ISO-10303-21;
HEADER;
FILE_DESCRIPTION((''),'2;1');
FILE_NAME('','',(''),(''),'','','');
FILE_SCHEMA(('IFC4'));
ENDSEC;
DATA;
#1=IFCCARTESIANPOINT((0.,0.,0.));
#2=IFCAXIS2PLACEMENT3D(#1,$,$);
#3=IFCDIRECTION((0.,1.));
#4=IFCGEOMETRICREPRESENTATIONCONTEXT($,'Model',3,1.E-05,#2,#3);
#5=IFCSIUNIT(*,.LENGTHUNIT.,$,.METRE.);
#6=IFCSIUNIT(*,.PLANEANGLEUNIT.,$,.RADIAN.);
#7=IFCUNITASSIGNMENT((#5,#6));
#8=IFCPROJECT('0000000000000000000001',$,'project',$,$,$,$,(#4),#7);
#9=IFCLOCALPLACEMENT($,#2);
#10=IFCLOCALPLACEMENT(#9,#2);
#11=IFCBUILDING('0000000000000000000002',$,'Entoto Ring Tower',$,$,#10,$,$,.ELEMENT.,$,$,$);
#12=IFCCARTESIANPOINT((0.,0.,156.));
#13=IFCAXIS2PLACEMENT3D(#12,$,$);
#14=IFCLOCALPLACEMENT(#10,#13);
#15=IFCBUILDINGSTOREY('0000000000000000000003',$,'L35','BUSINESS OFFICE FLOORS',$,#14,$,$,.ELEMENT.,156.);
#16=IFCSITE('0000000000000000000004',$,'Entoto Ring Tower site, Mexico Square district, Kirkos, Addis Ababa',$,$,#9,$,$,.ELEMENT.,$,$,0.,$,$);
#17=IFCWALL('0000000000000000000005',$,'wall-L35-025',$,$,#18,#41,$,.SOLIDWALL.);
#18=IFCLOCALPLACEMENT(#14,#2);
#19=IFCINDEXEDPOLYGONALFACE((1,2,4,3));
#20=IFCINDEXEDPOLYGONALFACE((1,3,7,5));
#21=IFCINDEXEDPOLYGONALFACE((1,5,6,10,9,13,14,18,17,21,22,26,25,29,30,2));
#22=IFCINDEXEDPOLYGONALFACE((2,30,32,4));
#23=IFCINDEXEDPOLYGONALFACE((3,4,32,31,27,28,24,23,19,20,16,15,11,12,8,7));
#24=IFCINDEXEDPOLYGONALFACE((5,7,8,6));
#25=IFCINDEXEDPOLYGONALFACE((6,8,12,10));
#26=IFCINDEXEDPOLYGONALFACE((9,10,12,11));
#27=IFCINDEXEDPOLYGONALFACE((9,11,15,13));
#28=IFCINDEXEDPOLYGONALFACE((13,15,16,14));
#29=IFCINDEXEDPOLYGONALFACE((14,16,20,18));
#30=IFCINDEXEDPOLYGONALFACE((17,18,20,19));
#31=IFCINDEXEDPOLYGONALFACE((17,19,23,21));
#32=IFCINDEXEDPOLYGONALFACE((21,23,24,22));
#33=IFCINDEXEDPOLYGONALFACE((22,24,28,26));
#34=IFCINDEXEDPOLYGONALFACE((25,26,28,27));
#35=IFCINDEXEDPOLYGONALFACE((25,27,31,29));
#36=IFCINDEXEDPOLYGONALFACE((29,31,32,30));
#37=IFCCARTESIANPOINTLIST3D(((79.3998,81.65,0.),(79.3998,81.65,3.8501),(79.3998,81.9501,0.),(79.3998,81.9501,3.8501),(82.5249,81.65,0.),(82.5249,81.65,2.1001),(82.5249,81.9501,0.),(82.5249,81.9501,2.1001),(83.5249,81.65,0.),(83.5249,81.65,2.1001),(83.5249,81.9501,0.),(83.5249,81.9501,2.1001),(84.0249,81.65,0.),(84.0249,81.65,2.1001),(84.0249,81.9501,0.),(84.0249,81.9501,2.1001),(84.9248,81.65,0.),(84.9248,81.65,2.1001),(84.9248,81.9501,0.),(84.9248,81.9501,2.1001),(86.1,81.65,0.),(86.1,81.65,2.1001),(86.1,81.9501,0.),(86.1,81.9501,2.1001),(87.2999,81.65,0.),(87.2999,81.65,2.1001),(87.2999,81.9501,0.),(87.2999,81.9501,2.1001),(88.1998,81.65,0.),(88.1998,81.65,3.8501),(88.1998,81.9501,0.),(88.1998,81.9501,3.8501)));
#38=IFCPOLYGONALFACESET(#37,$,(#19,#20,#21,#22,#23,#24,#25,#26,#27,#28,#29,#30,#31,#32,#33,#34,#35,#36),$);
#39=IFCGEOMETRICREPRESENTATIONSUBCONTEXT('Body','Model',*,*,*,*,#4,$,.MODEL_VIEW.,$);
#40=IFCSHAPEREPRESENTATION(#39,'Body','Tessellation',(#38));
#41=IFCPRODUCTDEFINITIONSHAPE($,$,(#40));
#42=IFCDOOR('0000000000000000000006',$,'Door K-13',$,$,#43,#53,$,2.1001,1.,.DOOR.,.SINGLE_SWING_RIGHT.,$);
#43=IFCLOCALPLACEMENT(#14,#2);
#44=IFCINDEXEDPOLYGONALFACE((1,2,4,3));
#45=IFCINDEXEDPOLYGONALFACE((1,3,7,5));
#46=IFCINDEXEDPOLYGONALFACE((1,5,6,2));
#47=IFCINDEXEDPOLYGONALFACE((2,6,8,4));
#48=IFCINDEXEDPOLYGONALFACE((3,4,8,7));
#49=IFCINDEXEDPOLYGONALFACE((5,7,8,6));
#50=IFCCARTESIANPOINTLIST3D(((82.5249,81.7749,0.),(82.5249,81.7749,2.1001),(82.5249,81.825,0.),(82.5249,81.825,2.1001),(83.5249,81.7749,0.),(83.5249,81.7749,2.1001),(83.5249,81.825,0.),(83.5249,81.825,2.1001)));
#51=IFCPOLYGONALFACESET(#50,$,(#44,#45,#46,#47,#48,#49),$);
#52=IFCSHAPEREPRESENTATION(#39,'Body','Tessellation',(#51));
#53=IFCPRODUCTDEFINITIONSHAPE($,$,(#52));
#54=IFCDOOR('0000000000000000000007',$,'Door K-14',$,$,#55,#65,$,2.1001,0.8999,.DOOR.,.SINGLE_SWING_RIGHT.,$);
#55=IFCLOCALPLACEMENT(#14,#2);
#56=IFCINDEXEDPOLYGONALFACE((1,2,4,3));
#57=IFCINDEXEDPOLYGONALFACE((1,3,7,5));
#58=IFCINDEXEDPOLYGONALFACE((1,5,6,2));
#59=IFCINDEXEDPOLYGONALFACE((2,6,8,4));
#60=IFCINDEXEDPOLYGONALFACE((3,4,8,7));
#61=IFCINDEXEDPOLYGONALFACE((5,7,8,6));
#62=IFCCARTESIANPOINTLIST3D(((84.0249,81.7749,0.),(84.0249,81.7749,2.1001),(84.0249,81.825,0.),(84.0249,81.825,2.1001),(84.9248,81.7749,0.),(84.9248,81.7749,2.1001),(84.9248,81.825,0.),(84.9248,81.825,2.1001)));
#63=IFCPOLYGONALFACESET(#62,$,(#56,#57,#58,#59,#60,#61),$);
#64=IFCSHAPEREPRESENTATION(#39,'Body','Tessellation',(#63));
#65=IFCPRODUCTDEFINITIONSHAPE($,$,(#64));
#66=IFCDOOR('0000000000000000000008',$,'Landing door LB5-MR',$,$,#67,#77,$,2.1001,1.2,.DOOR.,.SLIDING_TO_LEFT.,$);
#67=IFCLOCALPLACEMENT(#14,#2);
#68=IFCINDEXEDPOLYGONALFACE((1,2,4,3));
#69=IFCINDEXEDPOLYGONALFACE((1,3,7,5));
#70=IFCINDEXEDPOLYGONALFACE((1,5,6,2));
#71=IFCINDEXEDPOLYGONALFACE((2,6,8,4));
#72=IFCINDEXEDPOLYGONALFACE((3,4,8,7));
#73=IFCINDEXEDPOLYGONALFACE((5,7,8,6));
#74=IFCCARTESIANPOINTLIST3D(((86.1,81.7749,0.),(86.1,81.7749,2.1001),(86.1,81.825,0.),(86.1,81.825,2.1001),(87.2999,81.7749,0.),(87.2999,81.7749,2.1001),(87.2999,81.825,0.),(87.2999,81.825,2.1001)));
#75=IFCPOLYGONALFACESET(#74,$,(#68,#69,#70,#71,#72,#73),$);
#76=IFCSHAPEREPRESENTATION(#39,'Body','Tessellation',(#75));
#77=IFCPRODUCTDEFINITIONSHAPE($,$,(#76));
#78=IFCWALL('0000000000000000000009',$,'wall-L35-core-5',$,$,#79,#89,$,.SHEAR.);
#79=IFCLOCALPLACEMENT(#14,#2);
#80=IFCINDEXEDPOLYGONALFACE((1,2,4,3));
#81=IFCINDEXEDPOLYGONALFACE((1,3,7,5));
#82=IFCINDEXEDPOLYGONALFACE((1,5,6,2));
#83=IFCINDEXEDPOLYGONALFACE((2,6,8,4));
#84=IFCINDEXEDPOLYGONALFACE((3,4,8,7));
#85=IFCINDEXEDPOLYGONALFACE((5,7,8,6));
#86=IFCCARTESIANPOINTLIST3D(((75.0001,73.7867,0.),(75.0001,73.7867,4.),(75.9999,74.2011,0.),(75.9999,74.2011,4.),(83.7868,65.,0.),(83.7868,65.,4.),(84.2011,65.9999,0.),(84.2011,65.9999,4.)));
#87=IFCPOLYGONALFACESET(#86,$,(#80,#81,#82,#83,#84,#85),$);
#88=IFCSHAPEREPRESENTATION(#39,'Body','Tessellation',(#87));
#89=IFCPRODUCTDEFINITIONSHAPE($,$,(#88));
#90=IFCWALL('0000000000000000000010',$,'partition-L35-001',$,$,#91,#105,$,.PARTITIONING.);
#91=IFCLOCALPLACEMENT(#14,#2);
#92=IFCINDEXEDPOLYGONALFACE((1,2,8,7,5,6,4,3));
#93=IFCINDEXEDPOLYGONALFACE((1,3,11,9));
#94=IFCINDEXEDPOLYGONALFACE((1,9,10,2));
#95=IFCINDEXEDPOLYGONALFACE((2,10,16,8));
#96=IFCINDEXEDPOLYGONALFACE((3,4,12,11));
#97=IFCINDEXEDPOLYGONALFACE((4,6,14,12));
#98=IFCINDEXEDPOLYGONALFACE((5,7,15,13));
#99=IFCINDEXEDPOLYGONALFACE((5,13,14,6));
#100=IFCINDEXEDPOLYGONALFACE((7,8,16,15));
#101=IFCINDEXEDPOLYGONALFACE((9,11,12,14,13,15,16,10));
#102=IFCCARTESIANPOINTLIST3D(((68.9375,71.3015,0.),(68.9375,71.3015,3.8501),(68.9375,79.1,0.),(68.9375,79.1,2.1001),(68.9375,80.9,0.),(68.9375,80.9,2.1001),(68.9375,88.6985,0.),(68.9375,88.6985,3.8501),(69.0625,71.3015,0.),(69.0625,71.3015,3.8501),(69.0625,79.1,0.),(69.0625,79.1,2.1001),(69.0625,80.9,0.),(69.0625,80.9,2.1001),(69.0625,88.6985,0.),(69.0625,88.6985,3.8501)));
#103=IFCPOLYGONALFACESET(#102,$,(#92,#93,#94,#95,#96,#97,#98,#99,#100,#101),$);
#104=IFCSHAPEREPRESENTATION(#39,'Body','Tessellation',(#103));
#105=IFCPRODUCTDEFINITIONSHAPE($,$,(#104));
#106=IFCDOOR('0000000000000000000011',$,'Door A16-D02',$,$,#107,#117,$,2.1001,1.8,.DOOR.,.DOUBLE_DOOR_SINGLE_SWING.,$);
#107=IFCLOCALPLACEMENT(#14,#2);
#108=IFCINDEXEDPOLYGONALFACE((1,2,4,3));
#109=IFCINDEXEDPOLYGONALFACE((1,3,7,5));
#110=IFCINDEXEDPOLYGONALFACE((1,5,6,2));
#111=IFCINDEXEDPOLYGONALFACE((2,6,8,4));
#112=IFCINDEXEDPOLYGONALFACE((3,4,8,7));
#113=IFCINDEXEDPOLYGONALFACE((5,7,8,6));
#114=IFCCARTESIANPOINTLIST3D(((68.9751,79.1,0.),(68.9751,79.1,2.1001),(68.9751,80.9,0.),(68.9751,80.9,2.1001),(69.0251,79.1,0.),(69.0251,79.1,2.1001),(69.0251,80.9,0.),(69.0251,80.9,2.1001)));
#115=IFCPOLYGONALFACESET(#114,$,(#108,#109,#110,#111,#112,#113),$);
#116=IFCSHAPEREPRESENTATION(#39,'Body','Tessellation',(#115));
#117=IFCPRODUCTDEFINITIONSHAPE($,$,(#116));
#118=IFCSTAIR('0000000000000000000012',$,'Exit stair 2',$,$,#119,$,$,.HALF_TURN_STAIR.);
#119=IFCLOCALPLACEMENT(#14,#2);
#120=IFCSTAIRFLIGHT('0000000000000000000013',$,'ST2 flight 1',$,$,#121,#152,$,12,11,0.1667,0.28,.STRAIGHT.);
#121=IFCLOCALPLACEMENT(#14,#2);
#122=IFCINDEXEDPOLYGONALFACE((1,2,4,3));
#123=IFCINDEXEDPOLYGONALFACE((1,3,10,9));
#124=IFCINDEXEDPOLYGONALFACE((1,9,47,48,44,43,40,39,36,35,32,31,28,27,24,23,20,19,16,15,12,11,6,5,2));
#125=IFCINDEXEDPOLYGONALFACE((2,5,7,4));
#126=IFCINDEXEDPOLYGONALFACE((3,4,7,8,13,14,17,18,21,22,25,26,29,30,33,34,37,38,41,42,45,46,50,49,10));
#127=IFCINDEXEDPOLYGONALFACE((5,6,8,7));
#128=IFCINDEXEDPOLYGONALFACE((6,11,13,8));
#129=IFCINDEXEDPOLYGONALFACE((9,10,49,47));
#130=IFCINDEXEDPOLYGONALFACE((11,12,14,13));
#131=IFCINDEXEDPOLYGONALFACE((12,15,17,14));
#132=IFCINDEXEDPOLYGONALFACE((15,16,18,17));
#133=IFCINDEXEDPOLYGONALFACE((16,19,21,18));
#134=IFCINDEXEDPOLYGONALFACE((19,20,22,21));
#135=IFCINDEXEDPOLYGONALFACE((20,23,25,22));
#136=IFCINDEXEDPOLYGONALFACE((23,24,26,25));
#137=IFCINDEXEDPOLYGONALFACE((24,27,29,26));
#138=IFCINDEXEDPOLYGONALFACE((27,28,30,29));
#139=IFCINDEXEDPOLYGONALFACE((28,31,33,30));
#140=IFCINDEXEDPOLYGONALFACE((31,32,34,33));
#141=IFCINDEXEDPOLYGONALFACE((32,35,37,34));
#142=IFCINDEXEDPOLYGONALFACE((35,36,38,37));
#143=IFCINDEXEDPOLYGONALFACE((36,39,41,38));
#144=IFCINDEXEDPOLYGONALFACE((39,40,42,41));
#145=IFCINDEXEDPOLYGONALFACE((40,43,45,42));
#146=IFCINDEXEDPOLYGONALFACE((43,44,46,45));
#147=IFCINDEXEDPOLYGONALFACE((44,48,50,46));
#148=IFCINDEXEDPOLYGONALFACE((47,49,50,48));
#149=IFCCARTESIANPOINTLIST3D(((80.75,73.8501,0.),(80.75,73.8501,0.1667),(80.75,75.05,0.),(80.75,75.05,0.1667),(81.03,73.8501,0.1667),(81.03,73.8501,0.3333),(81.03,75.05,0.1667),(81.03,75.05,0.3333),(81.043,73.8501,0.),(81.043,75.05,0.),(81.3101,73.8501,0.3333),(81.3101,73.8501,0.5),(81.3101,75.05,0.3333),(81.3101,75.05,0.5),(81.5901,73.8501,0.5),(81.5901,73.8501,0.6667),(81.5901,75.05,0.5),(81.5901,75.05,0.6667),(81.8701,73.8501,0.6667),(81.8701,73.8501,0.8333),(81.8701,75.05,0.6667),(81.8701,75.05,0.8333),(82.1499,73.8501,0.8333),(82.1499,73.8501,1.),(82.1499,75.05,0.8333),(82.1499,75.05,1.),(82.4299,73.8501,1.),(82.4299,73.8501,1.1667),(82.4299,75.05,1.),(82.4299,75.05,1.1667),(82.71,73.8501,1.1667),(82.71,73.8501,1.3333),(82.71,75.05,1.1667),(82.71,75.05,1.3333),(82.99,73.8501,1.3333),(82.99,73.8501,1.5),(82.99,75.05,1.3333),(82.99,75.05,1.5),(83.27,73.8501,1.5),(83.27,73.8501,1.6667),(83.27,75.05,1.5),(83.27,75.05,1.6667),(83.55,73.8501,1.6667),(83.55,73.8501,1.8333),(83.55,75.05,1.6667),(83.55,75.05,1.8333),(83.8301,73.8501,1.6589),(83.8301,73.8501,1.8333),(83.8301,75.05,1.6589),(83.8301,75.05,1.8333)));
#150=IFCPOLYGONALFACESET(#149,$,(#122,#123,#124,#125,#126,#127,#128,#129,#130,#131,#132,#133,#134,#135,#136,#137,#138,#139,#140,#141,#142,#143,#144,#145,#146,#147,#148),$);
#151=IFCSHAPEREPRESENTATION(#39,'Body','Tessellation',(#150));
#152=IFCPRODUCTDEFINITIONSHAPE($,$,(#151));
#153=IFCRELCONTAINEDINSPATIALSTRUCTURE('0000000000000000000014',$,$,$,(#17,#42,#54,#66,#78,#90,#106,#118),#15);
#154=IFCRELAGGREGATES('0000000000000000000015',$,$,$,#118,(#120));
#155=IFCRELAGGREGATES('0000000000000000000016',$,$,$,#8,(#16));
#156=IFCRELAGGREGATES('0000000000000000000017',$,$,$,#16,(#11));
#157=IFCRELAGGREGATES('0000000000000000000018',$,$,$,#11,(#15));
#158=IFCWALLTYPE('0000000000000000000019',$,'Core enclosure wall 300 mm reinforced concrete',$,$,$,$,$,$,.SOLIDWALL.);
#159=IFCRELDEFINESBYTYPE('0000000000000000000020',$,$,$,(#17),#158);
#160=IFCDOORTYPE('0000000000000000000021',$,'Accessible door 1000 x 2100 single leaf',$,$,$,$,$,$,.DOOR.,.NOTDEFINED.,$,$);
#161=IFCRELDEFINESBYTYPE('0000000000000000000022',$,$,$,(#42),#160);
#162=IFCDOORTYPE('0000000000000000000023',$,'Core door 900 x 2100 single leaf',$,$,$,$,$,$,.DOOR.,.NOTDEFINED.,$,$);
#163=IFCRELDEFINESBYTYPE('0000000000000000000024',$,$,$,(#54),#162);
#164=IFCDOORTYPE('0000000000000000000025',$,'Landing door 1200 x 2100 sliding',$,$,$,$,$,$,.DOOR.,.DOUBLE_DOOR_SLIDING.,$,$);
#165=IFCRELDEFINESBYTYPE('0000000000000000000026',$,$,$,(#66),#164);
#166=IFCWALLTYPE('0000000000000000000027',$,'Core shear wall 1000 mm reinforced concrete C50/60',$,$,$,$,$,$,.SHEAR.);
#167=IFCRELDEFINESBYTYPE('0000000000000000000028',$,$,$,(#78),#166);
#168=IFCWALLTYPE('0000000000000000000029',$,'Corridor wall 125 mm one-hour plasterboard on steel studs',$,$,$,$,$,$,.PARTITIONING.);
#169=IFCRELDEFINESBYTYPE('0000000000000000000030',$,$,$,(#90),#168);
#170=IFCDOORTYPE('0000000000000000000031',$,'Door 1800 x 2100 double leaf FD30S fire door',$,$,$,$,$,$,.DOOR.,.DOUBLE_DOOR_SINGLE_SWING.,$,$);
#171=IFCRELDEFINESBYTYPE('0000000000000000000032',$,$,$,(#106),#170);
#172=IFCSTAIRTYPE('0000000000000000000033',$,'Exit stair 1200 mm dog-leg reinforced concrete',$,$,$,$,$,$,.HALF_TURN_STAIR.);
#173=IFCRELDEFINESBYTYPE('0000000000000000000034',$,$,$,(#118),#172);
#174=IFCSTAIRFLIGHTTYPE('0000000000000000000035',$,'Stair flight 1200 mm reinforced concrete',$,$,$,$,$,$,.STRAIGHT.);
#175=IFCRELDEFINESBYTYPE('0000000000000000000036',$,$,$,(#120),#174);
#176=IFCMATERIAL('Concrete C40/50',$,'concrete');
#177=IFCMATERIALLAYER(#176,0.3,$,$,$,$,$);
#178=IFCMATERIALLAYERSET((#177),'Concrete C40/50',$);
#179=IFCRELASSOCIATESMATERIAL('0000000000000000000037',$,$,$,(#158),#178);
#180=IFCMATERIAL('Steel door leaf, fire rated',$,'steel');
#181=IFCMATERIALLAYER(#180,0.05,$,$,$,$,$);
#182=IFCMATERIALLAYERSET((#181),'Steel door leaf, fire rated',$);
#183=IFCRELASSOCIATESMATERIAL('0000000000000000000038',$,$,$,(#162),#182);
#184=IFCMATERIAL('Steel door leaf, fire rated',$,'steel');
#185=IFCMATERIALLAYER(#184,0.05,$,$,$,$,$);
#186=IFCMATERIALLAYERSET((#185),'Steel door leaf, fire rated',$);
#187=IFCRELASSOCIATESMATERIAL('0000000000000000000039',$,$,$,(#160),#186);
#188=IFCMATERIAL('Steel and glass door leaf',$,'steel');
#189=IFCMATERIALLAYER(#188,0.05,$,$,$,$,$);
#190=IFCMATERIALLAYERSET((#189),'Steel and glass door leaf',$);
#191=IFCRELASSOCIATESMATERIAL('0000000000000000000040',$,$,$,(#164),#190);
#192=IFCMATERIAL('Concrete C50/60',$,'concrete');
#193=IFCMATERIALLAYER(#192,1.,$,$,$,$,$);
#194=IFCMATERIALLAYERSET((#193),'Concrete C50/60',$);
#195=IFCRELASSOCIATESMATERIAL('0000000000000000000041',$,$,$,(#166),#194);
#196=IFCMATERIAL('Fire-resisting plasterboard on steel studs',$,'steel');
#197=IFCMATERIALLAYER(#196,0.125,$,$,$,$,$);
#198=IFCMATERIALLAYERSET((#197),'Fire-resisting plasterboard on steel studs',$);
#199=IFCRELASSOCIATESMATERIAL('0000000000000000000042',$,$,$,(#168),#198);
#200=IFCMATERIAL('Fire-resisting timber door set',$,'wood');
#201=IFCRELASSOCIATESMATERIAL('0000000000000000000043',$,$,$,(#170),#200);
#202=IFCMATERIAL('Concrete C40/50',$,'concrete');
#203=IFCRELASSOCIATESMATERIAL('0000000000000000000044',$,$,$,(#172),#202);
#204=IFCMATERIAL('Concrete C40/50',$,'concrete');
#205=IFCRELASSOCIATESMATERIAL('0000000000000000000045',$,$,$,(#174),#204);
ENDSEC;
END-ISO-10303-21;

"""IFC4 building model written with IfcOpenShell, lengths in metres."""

from ifc_helpers import new_model, si_unit, direction, frame, frame_2d, origin, place, context, subcontext, project, spatial, polyline, rectangle, outline, extrude, material, layer, layer_set, type_object, element, fill, aggregate, save


model = new_model("IFC4")

# Units and contexts
model_context = context("Model", 3, precision=1e-05, world=origin(), true_north=direction((0.0, 1.0)))
body_context = subcontext(model_context, "Body", "Model", "MODEL_VIEW")
ifc_project = project(units=[si_unit("LENGTHUNIT", "METRE"), si_unit("PLANEANGLEUNIT", "RADIAN")], contexts=[model_context])

# Site, building, storey
site_placement = place(None, origin())
site = spatial("IfcSite", under=ifc_project, at=site_placement, Name="Entoto Ring Tower site, Mexico Square district, Kirkos, Addis Ababa", CompositionType="ELEMENT", RefElevation=0.0)
building_placement = place(site_placement, origin())
building = spatial("IfcBuilding", under=site, at=building_placement, Name="Entoto Ring Tower", CompositionType="ELEMENT")
storey_placement = place(building_placement, frame((0.0, 0.0, 156.0)))
storey = spatial("IfcBuildingStorey", under=building, at=storey_placement, Name="L35", Description="BUSINESS OFFICE FLOORS", CompositionType="ELEMENT", Elevation=156.0)

# Shared definitions
ifc_material_1 = material(Name="Concrete C40/50", Category="concrete")
ifc_layer_1 = layer(ifc_material_1, 0.3)
ifc_layer_set_1 = layer_set([ifc_layer_1], Name="Concrete C40/50")
wall_type_1 = type_object("IfcWallType", Name="Core enclosure wall 300 mm reinforced concrete", PredefinedType="SOLIDWALL", material=ifc_layer_set_1)

# Wall, openings, doors
ifc_material_2 = material(Name="Steel door leaf, fire rated", Category="steel")
ifc_layer_2 = layer(ifc_material_2, 0.05)
ifc_layer_set_2 = layer_set([ifc_layer_2], Name="Steel door leaf, fire rated")
door_type_1 = type_object("IfcDoorType", Name="Core door 900 x 2100 single leaf", OperationType="NOTDEFINED", PredefinedType="DOOR", material=ifc_layer_set_2)
wall_1_placement = place(storey_placement, frame((79.3999, 81.8, 0.0), z_axis=(0.0, 0.0, 1.0), x_axis=(1.0, 0.0, 0.0)))
wall_1 = element("IfcWall", 1, at=wall_1_placement, inside=storey, type_object=wall_type_1, Name="wall-L35-025", PredefinedType="SOLIDWALL", context=body_context, shape_type="SweptSolid", body=[
    extrude(rectangle(XDim=8.8, YDim=0.3, at=frame_2d((4.3999, 0.0))), origin(), (0.0, 0.0, 1.0), 3.8501),
])
opening_1_placement = place(wall_1_placement, frame((6.7, 0.0, 0.0)))
opening_1 = element("IfcOpeningElement", 2, at=opening_1_placement, cuts=wall_1, PredefinedType="OPENING", context=body_context, shape_type="SweptSolid", body=[
    extrude(rectangle(XDim=1.2, YDim=2.1001, at=frame_2d((0.6001, 1.05))), frame((0.0, 0.1602, 0.0), z_axis=(0.0, -1.0, 0.0), x_axis=(1.0, 0.0, 0.0)), (0.0, 0.0, 1.0), 0.3201),
])
opening_2_placement = place(wall_1_placement, frame((3.125, 0.0, 0.0)))
opening_2 = element("IfcOpeningElement", 3, at=opening_2_placement, cuts=wall_1, PredefinedType="OPENING", context=body_context, shape_type="SweptSolid", body=[
    extrude(rectangle(XDim=1.0, YDim=2.1001, at=frame_2d((0.5, 1.05))), frame((0.0, 0.1602, 0.0), z_axis=(0.0, -1.0, 0.0), x_axis=(1.0, 0.0, 0.0)), (0.0, 0.0, 1.0), 0.3201),
])
opening_3_placement = place(wall_1_placement, frame((4.625, 0.0, 0.0)))
opening_3 = element("IfcOpeningElement", 4, at=opening_3_placement, cuts=wall_1, PredefinedType="OPENING", context=body_context, shape_type="SweptSolid", body=[
    extrude(rectangle(XDim=0.8999, YDim=2.1001, at=frame_2d((0.45, 1.05))), frame((0.0, 0.1602, 0.0), z_axis=(0.0, -1.0, 0.0), x_axis=(1.0, 0.0, 0.0)), (0.0, 0.0, 1.0), 0.3201),
])
ifc_material_3 = material(Name="Steel door leaf, fire rated", Category="steel")
ifc_layer_3 = layer(ifc_material_3, 0.05)
ifc_layer_set_3 = layer_set([ifc_layer_3], Name="Steel door leaf, fire rated")
door_type_2 = type_object("IfcDoorType", Name="Accessible door 1000 x 2100 single leaf", OperationType="NOTDEFINED", PredefinedType="DOOR", material=ifc_layer_set_3)
door_1_placement = place(opening_2_placement, origin())
door_1 = element("IfcDoor", 5, at=door_1_placement, inside=storey, type_object=door_type_2, Name="Door K-13", OperationType="SINGLE_SWING_RIGHT", OverallHeight=2.1001, OverallWidth=1.0, PredefinedType="DOOR", context=body_context, shape_type="SweptSolid", body=[
    extrude(rectangle(XDim=1.0, YDim=2.1001, at=frame_2d((0.5, 1.05))), frame((0.0, 0.0249, 0.0), z_axis=(0.0, -1.0, 0.0), x_axis=(1.0, 0.0, 0.0)), (0.0, 0.0, 1.0), 0.05),
])
fill(opening_2, door_1)
door_2_placement = place(opening_3_placement, origin())
door_2 = element("IfcDoor", 6, at=door_2_placement, inside=storey, type_object=door_type_1, Name="Door K-14", OperationType="SINGLE_SWING_RIGHT", OverallHeight=2.1001, OverallWidth=0.8999, PredefinedType="DOOR", context=body_context, shape_type="SweptSolid", body=[
    extrude(rectangle(XDim=0.8999, YDim=2.1001, at=frame_2d((0.45, 1.05))), frame((0.0, 0.0249, 0.0), z_axis=(0.0, -1.0, 0.0), x_axis=(1.0, 0.0, 0.0)), (0.0, 0.0, 1.0), 0.05),
])
fill(opening_3, door_2)
ifc_material_4 = material(Name="Steel and glass door leaf", Category="steel")
ifc_layer_4 = layer(ifc_material_4, 0.05)
ifc_layer_set_4 = layer_set([ifc_layer_4], Name="Steel and glass door leaf")
door_type_3 = type_object("IfcDoorType", Name="Landing door 1200 x 2100 sliding", OperationType="DOUBLE_DOOR_SLIDING", PredefinedType="DOOR", material=ifc_layer_set_4)
door_3_placement = place(opening_1_placement, origin())
door_3 = element("IfcDoor", 7, at=door_3_placement, inside=storey, type_object=door_type_3, Name="Landing door LB5-MR", OperationType="SLIDING_TO_LEFT", OverallHeight=2.1001, OverallWidth=1.2, PredefinedType="DOOR", context=body_context, shape_type="SweptSolid", body=[
    extrude(rectangle(XDim=1.2, YDim=2.1001, at=frame_2d((0.6001, 1.05))), frame((0.0, 0.0249, 0.0), z_axis=(0.0, -1.0, 0.0), x_axis=(1.0, 0.0, 0.0)), (0.0, 0.0, 1.0), 0.05),
])
fill(opening_1, door_3)

# Wall
ifc_material_5 = material(Name="Concrete C50/60", Category="concrete")
ifc_layer_5 = layer(ifc_material_5, 1.0)
ifc_layer_set_5 = layer_set([ifc_layer_5], Name="Concrete C50/60")
wall_type_2 = type_object("IfcWallType", Name="Core shear wall 1000 mm reinforced concrete C50/60", PredefinedType="SHEAR", material=ifc_layer_set_5)
wall_2_placement = place(storey_placement, frame((75.5, 73.9939, 0.0), z_axis=(0.0, 0.0, 1.0), x_axis=(0.707107, -0.707107, 0.0)))
element("IfcWall", 8, at=wall_2_placement, inside=storey, type_object=wall_type_2, Name="wall-L35-core-5", PredefinedType="SHEAR", context=body_context, shape_type="SweptSolid", body=[
    extrude(outline(polyline([(-0.207, -0.5), (12.2192, -0.5), (11.8052, 0.5), (0.207, 0.5), (-0.207, -0.5)])), origin(), (0.0, 0.0, 1.0), 4.0),
])

# Wall, opening, door
ifc_material_6 = material(Name="Fire-resisting plasterboard on steel studs", Category="steel")
ifc_layer_6 = layer(ifc_material_6, 0.125)
ifc_layer_set_6 = layer_set([ifc_layer_6], Name="Fire-resisting plasterboard on steel studs")
wall_type_3 = type_object("IfcWallType", Name="Corridor wall 125 mm one-hour plasterboard on steel studs", PredefinedType="PARTITIONING", material=ifc_layer_set_6)
wall_3_placement = place(storey_placement, frame((69.0, 71.3015, 0.0), z_axis=(0.0, 0.0, 1.0), x_axis=(0.0, 1.0, 0.0)))
wall_3 = element("IfcWall", 9, at=wall_3_placement, inside=storey, type_object=wall_type_3, Name="partition-L35-001", PredefinedType="PARTITIONING", context=body_context, shape_type="SweptSolid", body=[
    extrude(rectangle(XDim=17.397, YDim=0.125, at=frame_2d((8.6985, 0.0))), origin(), (0.0, 0.0, 1.0), 3.8501),
])
opening_4_placement = place(wall_3_placement, frame((7.7986, 0.0, 0.0)))
opening_4 = element("IfcOpeningElement", 10, at=opening_4_placement, cuts=wall_3, PredefinedType="OPENING", context=body_context, shape_type="SweptSolid", body=[
    extrude(rectangle(XDim=1.8, YDim=2.1001, at=frame_2d((0.8999, 1.05))), frame((0.0, 0.0725, 0.0), z_axis=(0.0, -1.0, 0.0), x_axis=(1.0, 0.0, 0.0)), (0.0, 0.0, 1.0), 0.145),
])
ifc_material_7 = material(Name="Fire-resisting timber door set", Category="wood")
door_type_4 = type_object("IfcDoorType", Name="Door 1800 x 2100 double leaf FD30S fire door", OperationType="DOUBLE_DOOR_SINGLE_SWING", PredefinedType="DOOR", material=ifc_material_7)
door_4_placement = place(opening_4_placement, origin())
door_4 = element("IfcDoor", 11, at=door_4_placement, inside=storey, type_object=door_type_4, Name="Door A16-D02", OperationType="DOUBLE_DOOR_SINGLE_SWING", OverallHeight=2.1001, OverallWidth=1.8, PredefinedType="DOOR", context=body_context, shape_type="SweptSolid", body=[
    extrude(rectangle(XDim=1.8, YDim=2.1001, at=frame_2d((0.8999, 1.05))), frame((0.0, 0.0249, 0.0), z_axis=(0.0, -1.0, 0.0), x_axis=(1.0, 0.0, 0.0)), (0.0, 0.0, 1.0), 0.05),
])
fill(opening_4, door_4)

# Stair, stair flight
ifc_material_8 = material(Name="Concrete C40/50", Category="concrete")
stair_type = type_object("IfcStairType", Name="Exit stair 1200 mm dog-leg reinforced concrete", PredefinedType="HALF_TURN_STAIR", material=ifc_material_8)
stair_placement = place(storey_placement, origin())
stair = element("IfcStair", 12, at=stair_placement, inside=storey, type_object=stair_type, Name="Exit stair 2", PredefinedType="HALF_TURN_STAIR")
ifc_material_9 = material(Name="Concrete C40/50", Category="concrete")
stair_flight_type = type_object("IfcStairFlightType", Name="Stair flight 1200 mm reinforced concrete", PredefinedType="STRAIGHT", material=ifc_material_9)
stair_flight_1_placement = place(storey_placement, frame((80.75, 74.45, 0.0), z_axis=(0.0, 0.0, 1.0), x_axis=(1.0, 0.0, 0.0)))
stair_flight_1 = element("IfcStairFlight", 13, at=stair_flight_1_placement, type_object=stair_flight_type, Name="ST2 flight 1", NumberOfRisers=12, NumberOfTreads=11, PredefinedType="STRAIGHT", RiserHeight=0.1667, TreadLength=0.28, context=body_context, shape_type="SweptSolid", body=[
    extrude(outline(polyline([(0.0, 0.0), (0.0, 0.1667), (0.28, 0.1667), (0.28, 0.3333), (0.5601, 0.3333), (0.5601, 0.5), (0.8401, 0.5), (0.8401, 0.6667), (1.1201, 0.6667), (1.1201, 0.8333), (1.3999, 0.8333), (1.3999, 1.0), (1.6799, 1.0), (1.6799, 1.1667), (1.96, 1.1667), (1.96, 1.3333), (2.24, 1.3333), (2.24, 1.5), (2.52, 1.5), (2.52, 1.6667), (2.8, 1.6667), (2.8, 1.8333), (3.0801, 1.8333), (3.0801, 2.0), (3.0801, 1.6589), (0.293, 0.0), (0.0, 0.0)])), frame((0.0, 0.6001, 0.0), z_axis=(0.0, -1.0, 0.0), x_axis=(1.0, 0.0, 0.0)), (0.0, 0.0, 1.0), 1.2),
])
aggregate(stair, [stair_flight_1])

save(model, "model.ifc")
